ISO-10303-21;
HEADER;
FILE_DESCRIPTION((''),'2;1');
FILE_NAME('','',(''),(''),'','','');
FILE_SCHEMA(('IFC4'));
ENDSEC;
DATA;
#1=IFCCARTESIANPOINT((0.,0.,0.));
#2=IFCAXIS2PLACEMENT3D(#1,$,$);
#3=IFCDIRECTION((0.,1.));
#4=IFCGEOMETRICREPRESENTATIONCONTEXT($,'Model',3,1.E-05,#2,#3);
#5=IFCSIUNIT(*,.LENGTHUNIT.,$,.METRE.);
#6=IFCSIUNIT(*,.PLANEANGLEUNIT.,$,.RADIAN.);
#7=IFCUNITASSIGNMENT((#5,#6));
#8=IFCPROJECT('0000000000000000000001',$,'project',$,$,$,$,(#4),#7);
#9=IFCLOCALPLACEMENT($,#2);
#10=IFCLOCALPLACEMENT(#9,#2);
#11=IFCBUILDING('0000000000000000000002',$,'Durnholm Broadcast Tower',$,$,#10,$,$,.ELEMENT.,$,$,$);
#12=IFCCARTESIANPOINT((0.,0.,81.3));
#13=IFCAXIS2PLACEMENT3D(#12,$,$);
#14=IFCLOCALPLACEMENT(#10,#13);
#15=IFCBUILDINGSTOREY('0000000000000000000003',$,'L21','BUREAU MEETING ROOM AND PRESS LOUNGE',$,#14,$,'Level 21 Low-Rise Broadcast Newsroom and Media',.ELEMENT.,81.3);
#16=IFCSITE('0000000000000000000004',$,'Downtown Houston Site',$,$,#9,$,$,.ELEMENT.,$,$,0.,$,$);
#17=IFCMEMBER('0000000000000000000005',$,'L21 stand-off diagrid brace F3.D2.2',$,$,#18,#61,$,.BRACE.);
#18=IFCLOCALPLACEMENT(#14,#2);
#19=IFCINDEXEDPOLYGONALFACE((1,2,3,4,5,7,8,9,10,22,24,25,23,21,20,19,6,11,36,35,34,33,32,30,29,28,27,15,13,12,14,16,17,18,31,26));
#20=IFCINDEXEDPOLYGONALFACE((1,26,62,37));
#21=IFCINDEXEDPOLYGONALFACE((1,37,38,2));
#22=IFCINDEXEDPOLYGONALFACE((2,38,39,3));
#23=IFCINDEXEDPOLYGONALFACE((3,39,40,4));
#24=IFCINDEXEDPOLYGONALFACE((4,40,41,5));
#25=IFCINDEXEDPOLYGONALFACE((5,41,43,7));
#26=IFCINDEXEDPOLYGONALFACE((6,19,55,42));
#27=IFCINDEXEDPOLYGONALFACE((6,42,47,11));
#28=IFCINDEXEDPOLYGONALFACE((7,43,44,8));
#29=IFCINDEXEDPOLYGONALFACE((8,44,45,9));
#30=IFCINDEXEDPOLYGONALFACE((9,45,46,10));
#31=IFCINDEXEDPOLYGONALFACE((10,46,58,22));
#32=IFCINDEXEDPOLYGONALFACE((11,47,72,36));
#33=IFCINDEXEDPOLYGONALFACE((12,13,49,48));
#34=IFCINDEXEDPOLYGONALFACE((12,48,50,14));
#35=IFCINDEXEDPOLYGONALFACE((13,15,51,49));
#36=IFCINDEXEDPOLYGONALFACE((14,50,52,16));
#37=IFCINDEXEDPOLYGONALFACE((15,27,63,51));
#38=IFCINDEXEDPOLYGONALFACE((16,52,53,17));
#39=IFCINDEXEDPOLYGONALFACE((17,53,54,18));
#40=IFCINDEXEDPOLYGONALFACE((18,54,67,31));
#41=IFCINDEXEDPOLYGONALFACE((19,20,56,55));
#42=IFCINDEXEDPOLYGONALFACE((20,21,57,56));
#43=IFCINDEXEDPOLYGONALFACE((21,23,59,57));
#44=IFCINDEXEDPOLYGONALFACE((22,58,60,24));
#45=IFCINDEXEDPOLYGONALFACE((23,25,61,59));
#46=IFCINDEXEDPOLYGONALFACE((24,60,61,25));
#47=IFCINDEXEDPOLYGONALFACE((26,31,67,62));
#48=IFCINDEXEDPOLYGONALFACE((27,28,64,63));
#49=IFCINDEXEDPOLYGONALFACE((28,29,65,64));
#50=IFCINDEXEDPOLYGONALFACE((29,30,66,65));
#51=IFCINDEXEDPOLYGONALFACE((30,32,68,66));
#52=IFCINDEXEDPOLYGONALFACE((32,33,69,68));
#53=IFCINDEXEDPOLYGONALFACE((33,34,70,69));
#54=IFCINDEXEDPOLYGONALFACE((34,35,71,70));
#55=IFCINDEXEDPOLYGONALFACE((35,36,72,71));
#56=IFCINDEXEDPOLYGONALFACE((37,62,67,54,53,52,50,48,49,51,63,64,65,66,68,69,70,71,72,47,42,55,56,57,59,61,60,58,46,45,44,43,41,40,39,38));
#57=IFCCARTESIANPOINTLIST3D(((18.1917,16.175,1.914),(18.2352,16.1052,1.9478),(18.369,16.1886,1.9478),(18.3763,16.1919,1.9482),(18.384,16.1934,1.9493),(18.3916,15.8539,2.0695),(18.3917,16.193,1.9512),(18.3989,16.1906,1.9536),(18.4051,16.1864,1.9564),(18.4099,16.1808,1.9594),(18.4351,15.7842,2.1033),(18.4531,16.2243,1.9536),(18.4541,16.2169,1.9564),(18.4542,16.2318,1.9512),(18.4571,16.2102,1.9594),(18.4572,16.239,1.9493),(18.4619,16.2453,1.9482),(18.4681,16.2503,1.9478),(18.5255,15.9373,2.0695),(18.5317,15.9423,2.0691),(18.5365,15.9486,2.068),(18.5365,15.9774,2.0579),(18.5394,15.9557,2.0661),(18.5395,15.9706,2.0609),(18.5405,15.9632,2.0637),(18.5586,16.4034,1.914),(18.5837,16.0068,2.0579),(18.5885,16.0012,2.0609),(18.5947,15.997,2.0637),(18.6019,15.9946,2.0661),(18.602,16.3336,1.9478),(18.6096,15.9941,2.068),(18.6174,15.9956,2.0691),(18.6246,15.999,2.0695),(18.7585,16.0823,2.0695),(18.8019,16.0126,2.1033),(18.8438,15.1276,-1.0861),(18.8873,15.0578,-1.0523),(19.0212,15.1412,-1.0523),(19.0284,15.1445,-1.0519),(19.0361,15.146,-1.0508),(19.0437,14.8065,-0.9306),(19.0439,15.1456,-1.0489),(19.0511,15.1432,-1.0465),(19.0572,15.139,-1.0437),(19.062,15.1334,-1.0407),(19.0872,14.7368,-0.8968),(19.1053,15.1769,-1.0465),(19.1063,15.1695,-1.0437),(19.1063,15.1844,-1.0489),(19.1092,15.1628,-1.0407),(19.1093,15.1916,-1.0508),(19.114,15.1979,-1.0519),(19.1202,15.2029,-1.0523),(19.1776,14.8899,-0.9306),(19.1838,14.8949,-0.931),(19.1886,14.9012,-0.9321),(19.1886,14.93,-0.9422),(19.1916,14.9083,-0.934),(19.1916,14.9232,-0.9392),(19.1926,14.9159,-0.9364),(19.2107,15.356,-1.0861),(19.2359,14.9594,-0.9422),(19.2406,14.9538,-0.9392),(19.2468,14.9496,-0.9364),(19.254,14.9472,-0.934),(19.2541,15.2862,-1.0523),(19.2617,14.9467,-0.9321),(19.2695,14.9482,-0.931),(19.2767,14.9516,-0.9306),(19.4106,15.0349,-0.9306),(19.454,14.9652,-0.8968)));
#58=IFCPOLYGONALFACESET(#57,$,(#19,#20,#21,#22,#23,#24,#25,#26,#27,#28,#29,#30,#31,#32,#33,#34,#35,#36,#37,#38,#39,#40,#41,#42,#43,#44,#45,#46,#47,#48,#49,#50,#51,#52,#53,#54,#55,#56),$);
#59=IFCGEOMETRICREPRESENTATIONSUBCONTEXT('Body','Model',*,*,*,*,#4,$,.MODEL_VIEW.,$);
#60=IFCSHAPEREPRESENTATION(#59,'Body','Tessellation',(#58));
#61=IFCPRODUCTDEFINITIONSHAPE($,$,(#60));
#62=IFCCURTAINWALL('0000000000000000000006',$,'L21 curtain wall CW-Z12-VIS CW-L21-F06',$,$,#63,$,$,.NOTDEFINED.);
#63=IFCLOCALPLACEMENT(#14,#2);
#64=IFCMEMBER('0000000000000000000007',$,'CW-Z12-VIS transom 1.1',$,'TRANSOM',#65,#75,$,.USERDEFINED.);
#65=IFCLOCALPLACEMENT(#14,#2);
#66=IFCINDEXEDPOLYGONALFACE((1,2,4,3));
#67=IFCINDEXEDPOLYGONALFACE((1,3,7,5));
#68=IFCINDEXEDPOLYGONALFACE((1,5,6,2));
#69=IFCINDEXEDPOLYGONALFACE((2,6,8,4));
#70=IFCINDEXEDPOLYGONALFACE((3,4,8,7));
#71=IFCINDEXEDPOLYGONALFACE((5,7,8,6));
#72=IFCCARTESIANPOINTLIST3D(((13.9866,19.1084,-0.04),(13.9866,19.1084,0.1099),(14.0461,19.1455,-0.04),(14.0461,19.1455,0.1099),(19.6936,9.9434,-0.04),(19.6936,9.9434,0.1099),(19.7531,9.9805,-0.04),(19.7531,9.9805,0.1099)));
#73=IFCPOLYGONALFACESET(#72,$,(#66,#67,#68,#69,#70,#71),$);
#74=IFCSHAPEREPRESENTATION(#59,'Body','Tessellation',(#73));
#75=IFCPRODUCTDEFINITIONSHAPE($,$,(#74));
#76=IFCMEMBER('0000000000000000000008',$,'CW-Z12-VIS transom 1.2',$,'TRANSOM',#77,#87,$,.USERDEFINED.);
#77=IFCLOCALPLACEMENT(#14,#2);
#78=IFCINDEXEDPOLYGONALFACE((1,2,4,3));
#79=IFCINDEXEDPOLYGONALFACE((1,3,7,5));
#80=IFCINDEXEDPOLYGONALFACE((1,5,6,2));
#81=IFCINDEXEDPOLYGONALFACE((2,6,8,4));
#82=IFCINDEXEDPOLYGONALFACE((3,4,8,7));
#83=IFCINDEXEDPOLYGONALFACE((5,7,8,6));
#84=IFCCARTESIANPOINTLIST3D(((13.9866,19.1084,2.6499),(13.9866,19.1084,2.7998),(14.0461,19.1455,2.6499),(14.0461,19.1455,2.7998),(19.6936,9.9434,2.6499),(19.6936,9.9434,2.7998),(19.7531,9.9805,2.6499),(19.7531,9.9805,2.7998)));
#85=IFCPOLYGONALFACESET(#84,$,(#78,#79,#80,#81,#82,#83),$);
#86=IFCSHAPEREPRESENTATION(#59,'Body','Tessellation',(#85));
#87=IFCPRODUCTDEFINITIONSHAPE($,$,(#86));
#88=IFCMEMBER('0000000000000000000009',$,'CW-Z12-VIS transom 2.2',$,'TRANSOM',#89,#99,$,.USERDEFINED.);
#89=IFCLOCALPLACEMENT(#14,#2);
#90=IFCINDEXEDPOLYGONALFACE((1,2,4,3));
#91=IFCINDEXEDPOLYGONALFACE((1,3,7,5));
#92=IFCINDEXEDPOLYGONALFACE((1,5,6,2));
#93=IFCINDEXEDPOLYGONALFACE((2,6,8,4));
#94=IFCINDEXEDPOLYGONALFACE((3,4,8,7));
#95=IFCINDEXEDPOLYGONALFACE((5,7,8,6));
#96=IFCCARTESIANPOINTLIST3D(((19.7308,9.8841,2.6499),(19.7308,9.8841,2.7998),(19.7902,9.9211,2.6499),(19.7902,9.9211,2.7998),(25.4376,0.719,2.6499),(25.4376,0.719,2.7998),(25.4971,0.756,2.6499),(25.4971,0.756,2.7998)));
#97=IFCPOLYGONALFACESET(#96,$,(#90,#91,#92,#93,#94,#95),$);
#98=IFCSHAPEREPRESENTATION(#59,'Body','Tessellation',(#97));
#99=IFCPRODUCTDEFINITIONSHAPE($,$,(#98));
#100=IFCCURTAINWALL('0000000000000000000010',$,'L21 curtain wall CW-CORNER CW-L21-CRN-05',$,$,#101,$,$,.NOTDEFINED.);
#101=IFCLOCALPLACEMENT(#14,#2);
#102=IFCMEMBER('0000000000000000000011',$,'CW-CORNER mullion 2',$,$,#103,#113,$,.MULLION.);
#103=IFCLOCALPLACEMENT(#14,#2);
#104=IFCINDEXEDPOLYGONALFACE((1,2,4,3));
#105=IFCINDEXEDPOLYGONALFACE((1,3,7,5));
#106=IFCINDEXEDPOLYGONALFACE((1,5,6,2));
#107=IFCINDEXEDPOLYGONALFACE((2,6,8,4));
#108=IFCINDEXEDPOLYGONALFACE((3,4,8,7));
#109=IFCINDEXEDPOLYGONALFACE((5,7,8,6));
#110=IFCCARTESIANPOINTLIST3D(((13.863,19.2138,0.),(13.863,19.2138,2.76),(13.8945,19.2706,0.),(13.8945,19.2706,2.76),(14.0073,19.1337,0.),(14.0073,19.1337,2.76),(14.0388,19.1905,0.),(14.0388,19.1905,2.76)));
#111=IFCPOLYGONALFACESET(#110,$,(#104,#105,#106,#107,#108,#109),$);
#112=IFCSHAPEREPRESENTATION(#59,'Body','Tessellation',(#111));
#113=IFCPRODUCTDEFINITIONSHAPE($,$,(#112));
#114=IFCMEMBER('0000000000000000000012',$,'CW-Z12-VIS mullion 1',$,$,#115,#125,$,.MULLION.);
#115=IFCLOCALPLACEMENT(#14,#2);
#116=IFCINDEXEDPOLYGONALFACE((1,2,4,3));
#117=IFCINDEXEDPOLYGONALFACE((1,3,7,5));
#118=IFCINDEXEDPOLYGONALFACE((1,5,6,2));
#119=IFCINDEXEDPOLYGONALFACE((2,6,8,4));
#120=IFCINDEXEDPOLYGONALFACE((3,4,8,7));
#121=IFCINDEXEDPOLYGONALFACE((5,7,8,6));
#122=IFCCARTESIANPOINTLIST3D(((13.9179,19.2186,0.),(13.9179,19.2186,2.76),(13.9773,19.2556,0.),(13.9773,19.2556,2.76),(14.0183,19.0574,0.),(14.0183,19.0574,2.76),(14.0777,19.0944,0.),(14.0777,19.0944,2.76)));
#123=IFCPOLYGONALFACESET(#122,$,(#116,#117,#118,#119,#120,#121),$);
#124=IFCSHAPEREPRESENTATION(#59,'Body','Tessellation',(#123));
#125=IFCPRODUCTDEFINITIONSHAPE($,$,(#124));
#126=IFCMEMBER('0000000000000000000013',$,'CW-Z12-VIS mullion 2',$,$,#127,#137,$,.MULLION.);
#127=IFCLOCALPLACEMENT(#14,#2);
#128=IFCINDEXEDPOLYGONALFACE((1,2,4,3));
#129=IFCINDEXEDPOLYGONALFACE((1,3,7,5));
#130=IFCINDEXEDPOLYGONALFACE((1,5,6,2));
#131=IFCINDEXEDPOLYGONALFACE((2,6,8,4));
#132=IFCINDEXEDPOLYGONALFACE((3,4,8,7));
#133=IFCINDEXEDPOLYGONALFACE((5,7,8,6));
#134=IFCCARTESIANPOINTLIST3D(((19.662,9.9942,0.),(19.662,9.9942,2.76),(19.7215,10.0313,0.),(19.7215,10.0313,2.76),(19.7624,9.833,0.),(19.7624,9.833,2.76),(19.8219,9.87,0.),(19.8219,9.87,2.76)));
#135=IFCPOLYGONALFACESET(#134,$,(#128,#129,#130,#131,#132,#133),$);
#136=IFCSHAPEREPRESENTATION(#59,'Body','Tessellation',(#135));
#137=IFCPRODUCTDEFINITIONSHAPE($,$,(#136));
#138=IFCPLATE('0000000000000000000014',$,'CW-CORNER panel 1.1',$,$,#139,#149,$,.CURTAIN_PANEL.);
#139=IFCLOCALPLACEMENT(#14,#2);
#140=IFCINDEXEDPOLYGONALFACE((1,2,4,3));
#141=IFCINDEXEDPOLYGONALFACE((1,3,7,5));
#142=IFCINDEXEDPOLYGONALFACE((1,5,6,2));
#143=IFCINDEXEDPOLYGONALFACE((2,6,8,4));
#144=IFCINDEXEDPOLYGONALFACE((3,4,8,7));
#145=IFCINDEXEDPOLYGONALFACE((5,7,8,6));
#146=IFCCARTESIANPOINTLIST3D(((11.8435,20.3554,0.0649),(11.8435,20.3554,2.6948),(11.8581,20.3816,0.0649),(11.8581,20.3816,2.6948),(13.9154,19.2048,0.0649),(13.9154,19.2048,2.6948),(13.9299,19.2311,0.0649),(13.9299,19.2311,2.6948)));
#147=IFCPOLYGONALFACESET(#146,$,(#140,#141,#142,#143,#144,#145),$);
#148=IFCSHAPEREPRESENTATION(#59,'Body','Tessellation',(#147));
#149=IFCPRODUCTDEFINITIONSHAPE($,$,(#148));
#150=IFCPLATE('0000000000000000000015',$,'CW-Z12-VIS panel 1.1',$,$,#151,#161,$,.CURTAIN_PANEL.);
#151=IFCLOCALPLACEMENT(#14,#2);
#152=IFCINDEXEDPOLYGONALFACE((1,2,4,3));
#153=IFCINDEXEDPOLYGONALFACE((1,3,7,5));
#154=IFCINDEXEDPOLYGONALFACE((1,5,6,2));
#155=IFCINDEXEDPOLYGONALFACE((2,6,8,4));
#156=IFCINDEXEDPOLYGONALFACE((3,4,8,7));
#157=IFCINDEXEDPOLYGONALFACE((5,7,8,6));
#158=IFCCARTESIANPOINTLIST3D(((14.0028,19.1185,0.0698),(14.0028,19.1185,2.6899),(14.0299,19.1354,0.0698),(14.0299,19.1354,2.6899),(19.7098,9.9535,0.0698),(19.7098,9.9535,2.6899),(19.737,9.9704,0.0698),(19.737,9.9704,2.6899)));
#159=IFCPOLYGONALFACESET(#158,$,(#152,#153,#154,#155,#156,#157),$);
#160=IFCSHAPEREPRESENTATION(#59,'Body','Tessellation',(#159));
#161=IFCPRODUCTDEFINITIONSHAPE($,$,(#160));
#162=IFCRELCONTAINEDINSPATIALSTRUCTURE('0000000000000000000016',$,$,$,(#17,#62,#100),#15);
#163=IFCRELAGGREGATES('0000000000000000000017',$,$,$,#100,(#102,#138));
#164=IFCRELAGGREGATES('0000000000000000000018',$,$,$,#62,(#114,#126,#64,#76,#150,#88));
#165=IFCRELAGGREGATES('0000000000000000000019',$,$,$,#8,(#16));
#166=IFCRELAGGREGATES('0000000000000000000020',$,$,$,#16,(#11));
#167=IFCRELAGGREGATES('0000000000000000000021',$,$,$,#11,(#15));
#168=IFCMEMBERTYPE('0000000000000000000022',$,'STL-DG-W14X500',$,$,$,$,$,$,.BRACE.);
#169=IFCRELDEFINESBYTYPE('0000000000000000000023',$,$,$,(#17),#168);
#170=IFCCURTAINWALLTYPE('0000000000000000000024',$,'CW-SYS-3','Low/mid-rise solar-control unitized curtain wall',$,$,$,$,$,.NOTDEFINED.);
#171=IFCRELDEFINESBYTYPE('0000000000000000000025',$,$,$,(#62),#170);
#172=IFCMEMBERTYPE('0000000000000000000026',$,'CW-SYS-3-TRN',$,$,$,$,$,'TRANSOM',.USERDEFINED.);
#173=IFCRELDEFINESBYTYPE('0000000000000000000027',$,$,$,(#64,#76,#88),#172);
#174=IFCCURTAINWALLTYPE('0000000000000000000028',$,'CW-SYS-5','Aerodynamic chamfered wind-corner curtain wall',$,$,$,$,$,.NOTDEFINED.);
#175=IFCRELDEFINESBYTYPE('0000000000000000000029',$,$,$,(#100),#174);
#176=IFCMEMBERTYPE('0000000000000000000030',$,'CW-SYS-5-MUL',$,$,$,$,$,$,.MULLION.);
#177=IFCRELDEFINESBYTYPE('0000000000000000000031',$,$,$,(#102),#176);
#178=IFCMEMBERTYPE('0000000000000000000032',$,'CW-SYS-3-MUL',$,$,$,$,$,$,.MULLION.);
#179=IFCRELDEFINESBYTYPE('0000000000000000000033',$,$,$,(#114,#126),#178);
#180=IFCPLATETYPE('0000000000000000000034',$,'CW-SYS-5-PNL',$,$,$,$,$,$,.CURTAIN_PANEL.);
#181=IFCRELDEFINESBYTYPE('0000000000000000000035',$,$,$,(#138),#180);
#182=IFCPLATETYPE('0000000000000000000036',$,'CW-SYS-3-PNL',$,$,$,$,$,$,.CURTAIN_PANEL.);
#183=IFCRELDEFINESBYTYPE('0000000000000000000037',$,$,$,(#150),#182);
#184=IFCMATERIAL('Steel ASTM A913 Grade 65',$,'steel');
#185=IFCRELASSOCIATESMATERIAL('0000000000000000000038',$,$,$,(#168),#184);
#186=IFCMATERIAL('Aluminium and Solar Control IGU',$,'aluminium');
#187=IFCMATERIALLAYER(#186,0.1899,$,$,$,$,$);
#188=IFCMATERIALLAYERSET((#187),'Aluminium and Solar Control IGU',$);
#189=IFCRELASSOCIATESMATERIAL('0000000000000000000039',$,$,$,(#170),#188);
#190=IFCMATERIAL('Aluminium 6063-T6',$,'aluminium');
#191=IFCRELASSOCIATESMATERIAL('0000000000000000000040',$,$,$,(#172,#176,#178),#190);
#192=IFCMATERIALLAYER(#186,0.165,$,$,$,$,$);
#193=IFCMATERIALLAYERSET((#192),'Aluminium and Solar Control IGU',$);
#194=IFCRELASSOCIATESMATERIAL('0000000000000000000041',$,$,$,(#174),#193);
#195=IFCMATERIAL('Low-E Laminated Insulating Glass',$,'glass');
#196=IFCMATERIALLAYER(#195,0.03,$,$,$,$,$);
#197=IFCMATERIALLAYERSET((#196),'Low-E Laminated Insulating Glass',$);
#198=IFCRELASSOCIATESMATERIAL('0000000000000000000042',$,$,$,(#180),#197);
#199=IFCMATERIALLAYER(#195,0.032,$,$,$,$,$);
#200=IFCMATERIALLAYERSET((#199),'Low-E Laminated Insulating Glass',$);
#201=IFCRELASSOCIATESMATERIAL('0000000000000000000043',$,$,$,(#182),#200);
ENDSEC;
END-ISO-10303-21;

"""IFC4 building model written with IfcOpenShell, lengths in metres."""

from ifc_helpers import new_model, si_unit, direction, frame, origin, origin_2d, place, context, subcontext, project, spatial, rectangle, i_section, extrude, source, transform, mapped, material, layer, layer_set, material_profile, profile_set, type_object, type_shapes, element, aggregate, save


model = new_model("IFC4")

# Units and contexts
model_context = context("Model", 3, precision=1e-05, world=origin(), true_north=direction((0.0, 1.0)))
body_context = subcontext(model_context, "Body", "Model", "MODEL_VIEW")
ifc_project = project(units=[si_unit("LENGTHUNIT", "METRE"), si_unit("PLANEANGLEUNIT", "RADIAN")], contexts=[model_context])

# Site, building, storey
site_placement = place(None, origin())
site = spatial("IfcSite", under=ifc_project, at=site_placement, Name="Downtown Houston Site", CompositionType="ELEMENT", RefElevation=0.0)
building_placement = place(site_placement, origin())
building = spatial("IfcBuilding", under=site, at=building_placement, Name="Durnholm Broadcast Tower", CompositionType="ELEMENT")
storey_placement = place(building_placement, frame((0.0, 0.0, 81.3)))
storey = spatial("IfcBuildingStorey", under=building, at=storey_placement, Name="L21", Description="BUREAU MEETING ROOM AND PRESS LOUNGE", LongName="Level 21 Low-Rise Broadcast Newsroom and Media", CompositionType="ELEMENT", Elevation=81.3)

# Member
ifc_material_1 = material(Name="Steel ASTM A913 Grade 65", Category="steel")
ifc_material_profile_1 = material_profile(ifc_material_1, i_section(OverallWidth=0.4321, OverallDepth=0.4978, WebThickness=0.0557, FlangeThickness=0.0889, FilletRadius=0.0305, at=origin_2d()), Name="W14X500")
ifc_profile_set_1 = profile_set([ifc_material_profile_1], Name="Steel ASTM A913 Grade 65")
member_type_1 = type_object("IfcMemberType", Name="STL-DG-W14X500", PredefinedType="BRACE", material=ifc_profile_set_1)
shared_shape_1 = source(origin(), body_context, "Body", "SweptSolid", [
    extrude(i_section(OverallWidth=0.4321, OverallDepth=0.4978, WebThickness=0.0557, FlangeThickness=0.0889, FilletRadius=0.0305, at=origin_2d()), origin(), (0.0, 0.0, 1.0), 3.2439),
])
type_shapes(member_type_1, [shared_shape_1])
for number, where, z_axis, x_axis, name in (
    (1, (19.1489, 15.0464, -0.9915), (-0.20103, 0.322882, 0.924843), (-0.848909, -0.52854, 0.0), "L21 stand-off diagrid brace F3.D2.2"),
):
    element("IfcMember", number, at=place(storey_placement, frame(where, z_axis=z_axis, x_axis=x_axis)), inside=storey, type_object=member_type_1, Name=name, PredefinedType="BRACE", context=body_context, shape_type="MappedRepresentation", body=[
        mapped(shared_shape_1, transform((0.0, 0.0, 0.0), x_axis=(1.0, 0.0, 0.0), y_axis=(0.0, 1.0, 0.0), z_axis=(0.0, 0.0, 1.0), scale=1.0)),
    ])

# Curtain wall, members
ifc_material_2 = material(Name="Aluminium and Solar Control IGU", Category="aluminium")
ifc_layer_1 = layer(ifc_material_2, 0.1899)
ifc_layer_set_1 = layer_set([ifc_layer_1], Name="Aluminium and Solar Control IGU")
curtain_wall_type_1 = type_object("IfcCurtainWallType", Name="CW-SYS-3", Description="Low/mid-rise solar-control unitized curtain wall", PredefinedType="NOTDEFINED", material=ifc_layer_set_1)
curtain_wall_1_placement = place(storey_placement, origin())
curtain_wall_1 = element("IfcCurtainWall", 2, at=curtain_wall_1_placement, inside=storey, type_object=curtain_wall_type_1, Name="L21 curtain wall CW-Z12-VIS CW-L21-F06", PredefinedType="NOTDEFINED")
ifc_material_3 = material(Name="Aluminium 6063-T6", Category="aluminium")
ifc_material_profile_2 = material_profile(ifc_material_3, rectangle(XDim=0.0701, YDim=0.1499, at=origin_2d()), Name="CWT70X150")
ifc_profile_set_2 = profile_set([ifc_material_profile_2], Name="Aluminium 6063-T6")
member_type_2 = type_object("IfcMemberType", Name="CW-SYS-3-TRN", ElementType="TRANSOM", PredefinedType="USERDEFINED", material=ifc_profile_set_2)
shared_shape_2 = source(origin(), body_context, "Body", "SweptSolid", [
    extrude(rectangle(XDim=0.0701, YDim=0.1499, at=origin_2d()), origin(), (0.0, 0.0, 1.0), 10.7966),
])
type_shapes(member_type_2, [shared_shape_2])
member_1_placement = place(storey_placement, frame((14.0164, 19.127, 0.0349), z_axis=(0.528592, -0.848876, 0.0), x_axis=(0.848876, 0.528592, 0.0)))
member_1 = element("IfcMember", 3, at=member_1_placement, type_object=member_type_2, Name="CW-Z12-VIS transom 1.1", ObjectType="TRANSOM", PredefinedType="USERDEFINED", context=body_context, shape_type="MappedRepresentation", body=[
    mapped(shared_shape_2, transform((0.0, 0.0, 0.0), x_axis=(1.0, 0.0, 0.0), y_axis=(0.0, 1.0, 0.0), z_axis=(0.0, 0.0, 1.0), scale=1.0)),
])
member_2_placement = place(storey_placement, frame((14.0164, 19.127, 2.7249), z_axis=(0.528592, -0.848876, 0.0), x_axis=(0.848876, 0.528592, 0.0)))
member_2 = element("IfcMember", 4, at=member_2_placement, type_object=member_type_2, Name="CW-Z12-VIS transom 1.2", ObjectType="TRANSOM", PredefinedType="USERDEFINED", context=body_context, shape_type="MappedRepresentation", body=[
    mapped(shared_shape_2, transform((0.0, 0.0, 0.0), x_axis=(1.0, 0.0, 0.0), y_axis=(0.0, 1.0, 0.0), z_axis=(0.0, 0.0, 1.0), scale=1.0)),
])
member_3_placement = place(storey_placement, frame((19.7605, 9.9026, 2.7249), z_axis=(0.528575, -0.848886, 0.0), x_axis=(0.848886, 0.528575, 0.0)))
member_3 = element("IfcMember", 5, at=member_3_placement, type_object=member_type_2, Name="CW-Z12-VIS transom 2.2", ObjectType="TRANSOM", PredefinedType="USERDEFINED", context=body_context, shape_type="MappedRepresentation", body=[
    mapped(shared_shape_2, transform((0.0, 0.0, 0.0), x_axis=(1.0, 0.0, 0.0), y_axis=(0.0, 1.0, 0.0), z_axis=(0.0, 0.0, 1.0), scale=1.0)),
])

# Curtain wall, member
ifc_layer_2 = layer(ifc_material_2, 0.165)
ifc_layer_set_2 = layer_set([ifc_layer_2], Name="Aluminium and Solar Control IGU")
curtain_wall_type_2 = type_object("IfcCurtainWallType", Name="CW-SYS-5", Description="Aerodynamic chamfered wind-corner curtain wall", PredefinedType="NOTDEFINED", material=ifc_layer_set_2)
curtain_wall_2_placement = place(storey_placement, origin())
curtain_wall_2 = element("IfcCurtainWall", 6, at=curtain_wall_2_placement, inside=storey, type_object=curtain_wall_type_2, Name="L21 curtain wall CW-CORNER CW-L21-CRN-05", PredefinedType="NOTDEFINED")
ifc_material_profile_3 = material_profile(ifc_material_3, rectangle(XDim=0.0649, YDim=0.165, at=origin_2d()), Name="CWM65X165")
ifc_profile_set_3 = profile_set([ifc_material_profile_3], Name="Aluminium 6063-T6")
member_type_3 = type_object("IfcMemberType", Name="CW-SYS-5-MUL", PredefinedType="MULLION", material=ifc_profile_set_3)
shared_shape_3 = source(origin(), body_context, "Body", "SweptSolid", [
    extrude(rectangle(XDim=0.0649, YDim=0.165, at=origin_2d()), origin(), (0.0, 0.0, 1.0), 2.76),
])
type_shapes(member_type_3, [shared_shape_3])
member_4_placement = place(storey_placement, frame((13.9509, 19.2021, 0.0), z_axis=(0.0, 0.0, 1.0), x_axis=(0.485483, 0.874246, 0.0)))
member_4 = element("IfcMember", 7, at=member_4_placement, type_object=member_type_3, Name="CW-CORNER mullion 2", PredefinedType="MULLION", context=body_context, shape_type="MappedRepresentation", body=[
    mapped(shared_shape_3, transform((0.0, 0.0, 0.0), x_axis=(1.0, 0.0, 0.0), y_axis=(0.0, 1.0, 0.0), z_axis=(0.0, 0.0, 1.0), scale=1.0)),
])

# Members
ifc_material_profile_4 = material_profile(ifc_material_3, rectangle(XDim=0.0701, YDim=0.1899, at=origin_2d()), Name="CWM70X190")
ifc_profile_set_4 = profile_set([ifc_material_profile_4], Name="Aluminium 6063-T6")
member_type_4 = type_object("IfcMemberType", Name="CW-SYS-3-MUL", PredefinedType="MULLION", material=ifc_profile_set_4)
shared_shape_4 = source(origin(), body_context, "Body", "SweptSolid", [
    extrude(rectangle(XDim=0.0701, YDim=0.1899, at=origin_2d()), origin(), (0.0, 0.0, 1.0), 2.76),
])
type_shapes(member_type_4, [shared_shape_4])
member_5_placement = place(storey_placement, frame((13.9978, 19.1565, 0.0), z_axis=(0.0, 0.0, 1.0), x_axis=(0.848876, 0.528592, 0.0)))
member_5 = element("IfcMember", 8, at=member_5_placement, type_object=member_type_4, Name="CW-Z12-VIS mullion 1", PredefinedType="MULLION", context=body_context, shape_type="MappedRepresentation", body=[
    mapped(shared_shape_4, transform((0.0, 0.0, 0.0), x_axis=(1.0, 0.0, 0.0), y_axis=(0.0, 1.0, 0.0), z_axis=(0.0, 0.0, 1.0), scale=1.0)),
])
member_6_placement = place(storey_placement, frame((19.7419, 9.9321, 0.0), z_axis=(0.0, 0.0, 1.0), x_axis=(0.848876, 0.528592, 0.0)))
member_6 = element("IfcMember", 9, at=member_6_placement, type_object=member_type_4, Name="CW-Z12-VIS mullion 2", PredefinedType="MULLION", context=body_context, shape_type="MappedRepresentation", body=[
    mapped(shared_shape_4, transform((0.0, 0.0, 0.0), x_axis=(1.0, 0.0, 0.0), y_axis=(0.0, 1.0, 0.0), z_axis=(0.0, 0.0, 1.0), scale=1.0)),
])

# Plates
ifc_material_4 = material(Name="Low-E Laminated Insulating Glass", Category="glass")
ifc_layer_3 = layer(ifc_material_4, 0.03)
ifc_layer_set_3 = layer_set([ifc_layer_3], Name="Low-E Laminated Insulating Glass")
plate_type_1 = type_object("IfcPlateType", Name="CW-SYS-5-PNL", PredefinedType="CURTAIN_PANEL", material=ifc_layer_set_3)
shared_shape_5 = source(origin(), body_context, "Body", "SweptSolid", [
    extrude(rectangle(XDim=2.3699, YDim=0.03, at=origin_2d()), origin(), (0.0, 0.0, 1.0), 2.6299),
])
type_shapes(plate_type_1, [shared_shape_5])
plate_1_placement = place(storey_placement, frame((12.8867, 19.7932, 0.0649), z_axis=(0.0, 0.0, 1.0), x_axis=(0.874246, -0.485483, 0.0)))
plate_1 = element("IfcPlate", 10, at=plate_1_placement, type_object=plate_type_1, Name="CW-CORNER panel 1.1", PredefinedType="CURTAIN_PANEL", context=body_context, shape_type="MappedRepresentation", body=[
    mapped(shared_shape_5, transform((0.0, 0.0, 0.0), x_axis=(1.0, 0.0, 0.0), y_axis=(0.0, 1.0, 0.0), z_axis=(0.0, 0.0, 1.0), scale=1.0)),
])
aggregate(curtain_wall_2, [member_4, plate_1])
ifc_layer_4 = layer(ifc_material_4, 0.032)
ifc_layer_set_4 = layer_set([ifc_layer_4], Name="Low-E Laminated Insulating Glass")
plate_type_2 = type_object("IfcPlateType", Name="CW-SYS-3-PNL", PredefinedType="CURTAIN_PANEL", material=ifc_layer_set_4)
shared_shape_6 = source(origin(), body_context, "Body", "SweptSolid", [
    extrude(rectangle(XDim=10.7966, YDim=0.032, at=origin_2d()), origin(), (0.0, 0.0, 1.0), 2.6201),
])
type_shapes(plate_type_2, [shared_shape_6])
plate_2_placement = place(storey_placement, frame((16.8699, 14.5444, 0.0698), z_axis=(0.0, 0.0, 1.0), x_axis=(0.528592, -0.848876, 0.0)))
plate_2 = element("IfcPlate", 11, at=plate_2_placement, type_object=plate_type_2, Name="CW-Z12-VIS panel 1.1", PredefinedType="CURTAIN_PANEL", context=body_context, shape_type="MappedRepresentation", body=[
    mapped(shared_shape_6, transform((0.0, 0.0, 0.0), x_axis=(1.0, 0.0, 0.0), y_axis=(0.0, 1.0, 0.0), z_axis=(0.0, 0.0, 1.0), scale=1.0)),
])
aggregate(curtain_wall_1, [member_5, member_6, member_1, member_2, plate_2, member_3])

save(model, "model.ifc")
